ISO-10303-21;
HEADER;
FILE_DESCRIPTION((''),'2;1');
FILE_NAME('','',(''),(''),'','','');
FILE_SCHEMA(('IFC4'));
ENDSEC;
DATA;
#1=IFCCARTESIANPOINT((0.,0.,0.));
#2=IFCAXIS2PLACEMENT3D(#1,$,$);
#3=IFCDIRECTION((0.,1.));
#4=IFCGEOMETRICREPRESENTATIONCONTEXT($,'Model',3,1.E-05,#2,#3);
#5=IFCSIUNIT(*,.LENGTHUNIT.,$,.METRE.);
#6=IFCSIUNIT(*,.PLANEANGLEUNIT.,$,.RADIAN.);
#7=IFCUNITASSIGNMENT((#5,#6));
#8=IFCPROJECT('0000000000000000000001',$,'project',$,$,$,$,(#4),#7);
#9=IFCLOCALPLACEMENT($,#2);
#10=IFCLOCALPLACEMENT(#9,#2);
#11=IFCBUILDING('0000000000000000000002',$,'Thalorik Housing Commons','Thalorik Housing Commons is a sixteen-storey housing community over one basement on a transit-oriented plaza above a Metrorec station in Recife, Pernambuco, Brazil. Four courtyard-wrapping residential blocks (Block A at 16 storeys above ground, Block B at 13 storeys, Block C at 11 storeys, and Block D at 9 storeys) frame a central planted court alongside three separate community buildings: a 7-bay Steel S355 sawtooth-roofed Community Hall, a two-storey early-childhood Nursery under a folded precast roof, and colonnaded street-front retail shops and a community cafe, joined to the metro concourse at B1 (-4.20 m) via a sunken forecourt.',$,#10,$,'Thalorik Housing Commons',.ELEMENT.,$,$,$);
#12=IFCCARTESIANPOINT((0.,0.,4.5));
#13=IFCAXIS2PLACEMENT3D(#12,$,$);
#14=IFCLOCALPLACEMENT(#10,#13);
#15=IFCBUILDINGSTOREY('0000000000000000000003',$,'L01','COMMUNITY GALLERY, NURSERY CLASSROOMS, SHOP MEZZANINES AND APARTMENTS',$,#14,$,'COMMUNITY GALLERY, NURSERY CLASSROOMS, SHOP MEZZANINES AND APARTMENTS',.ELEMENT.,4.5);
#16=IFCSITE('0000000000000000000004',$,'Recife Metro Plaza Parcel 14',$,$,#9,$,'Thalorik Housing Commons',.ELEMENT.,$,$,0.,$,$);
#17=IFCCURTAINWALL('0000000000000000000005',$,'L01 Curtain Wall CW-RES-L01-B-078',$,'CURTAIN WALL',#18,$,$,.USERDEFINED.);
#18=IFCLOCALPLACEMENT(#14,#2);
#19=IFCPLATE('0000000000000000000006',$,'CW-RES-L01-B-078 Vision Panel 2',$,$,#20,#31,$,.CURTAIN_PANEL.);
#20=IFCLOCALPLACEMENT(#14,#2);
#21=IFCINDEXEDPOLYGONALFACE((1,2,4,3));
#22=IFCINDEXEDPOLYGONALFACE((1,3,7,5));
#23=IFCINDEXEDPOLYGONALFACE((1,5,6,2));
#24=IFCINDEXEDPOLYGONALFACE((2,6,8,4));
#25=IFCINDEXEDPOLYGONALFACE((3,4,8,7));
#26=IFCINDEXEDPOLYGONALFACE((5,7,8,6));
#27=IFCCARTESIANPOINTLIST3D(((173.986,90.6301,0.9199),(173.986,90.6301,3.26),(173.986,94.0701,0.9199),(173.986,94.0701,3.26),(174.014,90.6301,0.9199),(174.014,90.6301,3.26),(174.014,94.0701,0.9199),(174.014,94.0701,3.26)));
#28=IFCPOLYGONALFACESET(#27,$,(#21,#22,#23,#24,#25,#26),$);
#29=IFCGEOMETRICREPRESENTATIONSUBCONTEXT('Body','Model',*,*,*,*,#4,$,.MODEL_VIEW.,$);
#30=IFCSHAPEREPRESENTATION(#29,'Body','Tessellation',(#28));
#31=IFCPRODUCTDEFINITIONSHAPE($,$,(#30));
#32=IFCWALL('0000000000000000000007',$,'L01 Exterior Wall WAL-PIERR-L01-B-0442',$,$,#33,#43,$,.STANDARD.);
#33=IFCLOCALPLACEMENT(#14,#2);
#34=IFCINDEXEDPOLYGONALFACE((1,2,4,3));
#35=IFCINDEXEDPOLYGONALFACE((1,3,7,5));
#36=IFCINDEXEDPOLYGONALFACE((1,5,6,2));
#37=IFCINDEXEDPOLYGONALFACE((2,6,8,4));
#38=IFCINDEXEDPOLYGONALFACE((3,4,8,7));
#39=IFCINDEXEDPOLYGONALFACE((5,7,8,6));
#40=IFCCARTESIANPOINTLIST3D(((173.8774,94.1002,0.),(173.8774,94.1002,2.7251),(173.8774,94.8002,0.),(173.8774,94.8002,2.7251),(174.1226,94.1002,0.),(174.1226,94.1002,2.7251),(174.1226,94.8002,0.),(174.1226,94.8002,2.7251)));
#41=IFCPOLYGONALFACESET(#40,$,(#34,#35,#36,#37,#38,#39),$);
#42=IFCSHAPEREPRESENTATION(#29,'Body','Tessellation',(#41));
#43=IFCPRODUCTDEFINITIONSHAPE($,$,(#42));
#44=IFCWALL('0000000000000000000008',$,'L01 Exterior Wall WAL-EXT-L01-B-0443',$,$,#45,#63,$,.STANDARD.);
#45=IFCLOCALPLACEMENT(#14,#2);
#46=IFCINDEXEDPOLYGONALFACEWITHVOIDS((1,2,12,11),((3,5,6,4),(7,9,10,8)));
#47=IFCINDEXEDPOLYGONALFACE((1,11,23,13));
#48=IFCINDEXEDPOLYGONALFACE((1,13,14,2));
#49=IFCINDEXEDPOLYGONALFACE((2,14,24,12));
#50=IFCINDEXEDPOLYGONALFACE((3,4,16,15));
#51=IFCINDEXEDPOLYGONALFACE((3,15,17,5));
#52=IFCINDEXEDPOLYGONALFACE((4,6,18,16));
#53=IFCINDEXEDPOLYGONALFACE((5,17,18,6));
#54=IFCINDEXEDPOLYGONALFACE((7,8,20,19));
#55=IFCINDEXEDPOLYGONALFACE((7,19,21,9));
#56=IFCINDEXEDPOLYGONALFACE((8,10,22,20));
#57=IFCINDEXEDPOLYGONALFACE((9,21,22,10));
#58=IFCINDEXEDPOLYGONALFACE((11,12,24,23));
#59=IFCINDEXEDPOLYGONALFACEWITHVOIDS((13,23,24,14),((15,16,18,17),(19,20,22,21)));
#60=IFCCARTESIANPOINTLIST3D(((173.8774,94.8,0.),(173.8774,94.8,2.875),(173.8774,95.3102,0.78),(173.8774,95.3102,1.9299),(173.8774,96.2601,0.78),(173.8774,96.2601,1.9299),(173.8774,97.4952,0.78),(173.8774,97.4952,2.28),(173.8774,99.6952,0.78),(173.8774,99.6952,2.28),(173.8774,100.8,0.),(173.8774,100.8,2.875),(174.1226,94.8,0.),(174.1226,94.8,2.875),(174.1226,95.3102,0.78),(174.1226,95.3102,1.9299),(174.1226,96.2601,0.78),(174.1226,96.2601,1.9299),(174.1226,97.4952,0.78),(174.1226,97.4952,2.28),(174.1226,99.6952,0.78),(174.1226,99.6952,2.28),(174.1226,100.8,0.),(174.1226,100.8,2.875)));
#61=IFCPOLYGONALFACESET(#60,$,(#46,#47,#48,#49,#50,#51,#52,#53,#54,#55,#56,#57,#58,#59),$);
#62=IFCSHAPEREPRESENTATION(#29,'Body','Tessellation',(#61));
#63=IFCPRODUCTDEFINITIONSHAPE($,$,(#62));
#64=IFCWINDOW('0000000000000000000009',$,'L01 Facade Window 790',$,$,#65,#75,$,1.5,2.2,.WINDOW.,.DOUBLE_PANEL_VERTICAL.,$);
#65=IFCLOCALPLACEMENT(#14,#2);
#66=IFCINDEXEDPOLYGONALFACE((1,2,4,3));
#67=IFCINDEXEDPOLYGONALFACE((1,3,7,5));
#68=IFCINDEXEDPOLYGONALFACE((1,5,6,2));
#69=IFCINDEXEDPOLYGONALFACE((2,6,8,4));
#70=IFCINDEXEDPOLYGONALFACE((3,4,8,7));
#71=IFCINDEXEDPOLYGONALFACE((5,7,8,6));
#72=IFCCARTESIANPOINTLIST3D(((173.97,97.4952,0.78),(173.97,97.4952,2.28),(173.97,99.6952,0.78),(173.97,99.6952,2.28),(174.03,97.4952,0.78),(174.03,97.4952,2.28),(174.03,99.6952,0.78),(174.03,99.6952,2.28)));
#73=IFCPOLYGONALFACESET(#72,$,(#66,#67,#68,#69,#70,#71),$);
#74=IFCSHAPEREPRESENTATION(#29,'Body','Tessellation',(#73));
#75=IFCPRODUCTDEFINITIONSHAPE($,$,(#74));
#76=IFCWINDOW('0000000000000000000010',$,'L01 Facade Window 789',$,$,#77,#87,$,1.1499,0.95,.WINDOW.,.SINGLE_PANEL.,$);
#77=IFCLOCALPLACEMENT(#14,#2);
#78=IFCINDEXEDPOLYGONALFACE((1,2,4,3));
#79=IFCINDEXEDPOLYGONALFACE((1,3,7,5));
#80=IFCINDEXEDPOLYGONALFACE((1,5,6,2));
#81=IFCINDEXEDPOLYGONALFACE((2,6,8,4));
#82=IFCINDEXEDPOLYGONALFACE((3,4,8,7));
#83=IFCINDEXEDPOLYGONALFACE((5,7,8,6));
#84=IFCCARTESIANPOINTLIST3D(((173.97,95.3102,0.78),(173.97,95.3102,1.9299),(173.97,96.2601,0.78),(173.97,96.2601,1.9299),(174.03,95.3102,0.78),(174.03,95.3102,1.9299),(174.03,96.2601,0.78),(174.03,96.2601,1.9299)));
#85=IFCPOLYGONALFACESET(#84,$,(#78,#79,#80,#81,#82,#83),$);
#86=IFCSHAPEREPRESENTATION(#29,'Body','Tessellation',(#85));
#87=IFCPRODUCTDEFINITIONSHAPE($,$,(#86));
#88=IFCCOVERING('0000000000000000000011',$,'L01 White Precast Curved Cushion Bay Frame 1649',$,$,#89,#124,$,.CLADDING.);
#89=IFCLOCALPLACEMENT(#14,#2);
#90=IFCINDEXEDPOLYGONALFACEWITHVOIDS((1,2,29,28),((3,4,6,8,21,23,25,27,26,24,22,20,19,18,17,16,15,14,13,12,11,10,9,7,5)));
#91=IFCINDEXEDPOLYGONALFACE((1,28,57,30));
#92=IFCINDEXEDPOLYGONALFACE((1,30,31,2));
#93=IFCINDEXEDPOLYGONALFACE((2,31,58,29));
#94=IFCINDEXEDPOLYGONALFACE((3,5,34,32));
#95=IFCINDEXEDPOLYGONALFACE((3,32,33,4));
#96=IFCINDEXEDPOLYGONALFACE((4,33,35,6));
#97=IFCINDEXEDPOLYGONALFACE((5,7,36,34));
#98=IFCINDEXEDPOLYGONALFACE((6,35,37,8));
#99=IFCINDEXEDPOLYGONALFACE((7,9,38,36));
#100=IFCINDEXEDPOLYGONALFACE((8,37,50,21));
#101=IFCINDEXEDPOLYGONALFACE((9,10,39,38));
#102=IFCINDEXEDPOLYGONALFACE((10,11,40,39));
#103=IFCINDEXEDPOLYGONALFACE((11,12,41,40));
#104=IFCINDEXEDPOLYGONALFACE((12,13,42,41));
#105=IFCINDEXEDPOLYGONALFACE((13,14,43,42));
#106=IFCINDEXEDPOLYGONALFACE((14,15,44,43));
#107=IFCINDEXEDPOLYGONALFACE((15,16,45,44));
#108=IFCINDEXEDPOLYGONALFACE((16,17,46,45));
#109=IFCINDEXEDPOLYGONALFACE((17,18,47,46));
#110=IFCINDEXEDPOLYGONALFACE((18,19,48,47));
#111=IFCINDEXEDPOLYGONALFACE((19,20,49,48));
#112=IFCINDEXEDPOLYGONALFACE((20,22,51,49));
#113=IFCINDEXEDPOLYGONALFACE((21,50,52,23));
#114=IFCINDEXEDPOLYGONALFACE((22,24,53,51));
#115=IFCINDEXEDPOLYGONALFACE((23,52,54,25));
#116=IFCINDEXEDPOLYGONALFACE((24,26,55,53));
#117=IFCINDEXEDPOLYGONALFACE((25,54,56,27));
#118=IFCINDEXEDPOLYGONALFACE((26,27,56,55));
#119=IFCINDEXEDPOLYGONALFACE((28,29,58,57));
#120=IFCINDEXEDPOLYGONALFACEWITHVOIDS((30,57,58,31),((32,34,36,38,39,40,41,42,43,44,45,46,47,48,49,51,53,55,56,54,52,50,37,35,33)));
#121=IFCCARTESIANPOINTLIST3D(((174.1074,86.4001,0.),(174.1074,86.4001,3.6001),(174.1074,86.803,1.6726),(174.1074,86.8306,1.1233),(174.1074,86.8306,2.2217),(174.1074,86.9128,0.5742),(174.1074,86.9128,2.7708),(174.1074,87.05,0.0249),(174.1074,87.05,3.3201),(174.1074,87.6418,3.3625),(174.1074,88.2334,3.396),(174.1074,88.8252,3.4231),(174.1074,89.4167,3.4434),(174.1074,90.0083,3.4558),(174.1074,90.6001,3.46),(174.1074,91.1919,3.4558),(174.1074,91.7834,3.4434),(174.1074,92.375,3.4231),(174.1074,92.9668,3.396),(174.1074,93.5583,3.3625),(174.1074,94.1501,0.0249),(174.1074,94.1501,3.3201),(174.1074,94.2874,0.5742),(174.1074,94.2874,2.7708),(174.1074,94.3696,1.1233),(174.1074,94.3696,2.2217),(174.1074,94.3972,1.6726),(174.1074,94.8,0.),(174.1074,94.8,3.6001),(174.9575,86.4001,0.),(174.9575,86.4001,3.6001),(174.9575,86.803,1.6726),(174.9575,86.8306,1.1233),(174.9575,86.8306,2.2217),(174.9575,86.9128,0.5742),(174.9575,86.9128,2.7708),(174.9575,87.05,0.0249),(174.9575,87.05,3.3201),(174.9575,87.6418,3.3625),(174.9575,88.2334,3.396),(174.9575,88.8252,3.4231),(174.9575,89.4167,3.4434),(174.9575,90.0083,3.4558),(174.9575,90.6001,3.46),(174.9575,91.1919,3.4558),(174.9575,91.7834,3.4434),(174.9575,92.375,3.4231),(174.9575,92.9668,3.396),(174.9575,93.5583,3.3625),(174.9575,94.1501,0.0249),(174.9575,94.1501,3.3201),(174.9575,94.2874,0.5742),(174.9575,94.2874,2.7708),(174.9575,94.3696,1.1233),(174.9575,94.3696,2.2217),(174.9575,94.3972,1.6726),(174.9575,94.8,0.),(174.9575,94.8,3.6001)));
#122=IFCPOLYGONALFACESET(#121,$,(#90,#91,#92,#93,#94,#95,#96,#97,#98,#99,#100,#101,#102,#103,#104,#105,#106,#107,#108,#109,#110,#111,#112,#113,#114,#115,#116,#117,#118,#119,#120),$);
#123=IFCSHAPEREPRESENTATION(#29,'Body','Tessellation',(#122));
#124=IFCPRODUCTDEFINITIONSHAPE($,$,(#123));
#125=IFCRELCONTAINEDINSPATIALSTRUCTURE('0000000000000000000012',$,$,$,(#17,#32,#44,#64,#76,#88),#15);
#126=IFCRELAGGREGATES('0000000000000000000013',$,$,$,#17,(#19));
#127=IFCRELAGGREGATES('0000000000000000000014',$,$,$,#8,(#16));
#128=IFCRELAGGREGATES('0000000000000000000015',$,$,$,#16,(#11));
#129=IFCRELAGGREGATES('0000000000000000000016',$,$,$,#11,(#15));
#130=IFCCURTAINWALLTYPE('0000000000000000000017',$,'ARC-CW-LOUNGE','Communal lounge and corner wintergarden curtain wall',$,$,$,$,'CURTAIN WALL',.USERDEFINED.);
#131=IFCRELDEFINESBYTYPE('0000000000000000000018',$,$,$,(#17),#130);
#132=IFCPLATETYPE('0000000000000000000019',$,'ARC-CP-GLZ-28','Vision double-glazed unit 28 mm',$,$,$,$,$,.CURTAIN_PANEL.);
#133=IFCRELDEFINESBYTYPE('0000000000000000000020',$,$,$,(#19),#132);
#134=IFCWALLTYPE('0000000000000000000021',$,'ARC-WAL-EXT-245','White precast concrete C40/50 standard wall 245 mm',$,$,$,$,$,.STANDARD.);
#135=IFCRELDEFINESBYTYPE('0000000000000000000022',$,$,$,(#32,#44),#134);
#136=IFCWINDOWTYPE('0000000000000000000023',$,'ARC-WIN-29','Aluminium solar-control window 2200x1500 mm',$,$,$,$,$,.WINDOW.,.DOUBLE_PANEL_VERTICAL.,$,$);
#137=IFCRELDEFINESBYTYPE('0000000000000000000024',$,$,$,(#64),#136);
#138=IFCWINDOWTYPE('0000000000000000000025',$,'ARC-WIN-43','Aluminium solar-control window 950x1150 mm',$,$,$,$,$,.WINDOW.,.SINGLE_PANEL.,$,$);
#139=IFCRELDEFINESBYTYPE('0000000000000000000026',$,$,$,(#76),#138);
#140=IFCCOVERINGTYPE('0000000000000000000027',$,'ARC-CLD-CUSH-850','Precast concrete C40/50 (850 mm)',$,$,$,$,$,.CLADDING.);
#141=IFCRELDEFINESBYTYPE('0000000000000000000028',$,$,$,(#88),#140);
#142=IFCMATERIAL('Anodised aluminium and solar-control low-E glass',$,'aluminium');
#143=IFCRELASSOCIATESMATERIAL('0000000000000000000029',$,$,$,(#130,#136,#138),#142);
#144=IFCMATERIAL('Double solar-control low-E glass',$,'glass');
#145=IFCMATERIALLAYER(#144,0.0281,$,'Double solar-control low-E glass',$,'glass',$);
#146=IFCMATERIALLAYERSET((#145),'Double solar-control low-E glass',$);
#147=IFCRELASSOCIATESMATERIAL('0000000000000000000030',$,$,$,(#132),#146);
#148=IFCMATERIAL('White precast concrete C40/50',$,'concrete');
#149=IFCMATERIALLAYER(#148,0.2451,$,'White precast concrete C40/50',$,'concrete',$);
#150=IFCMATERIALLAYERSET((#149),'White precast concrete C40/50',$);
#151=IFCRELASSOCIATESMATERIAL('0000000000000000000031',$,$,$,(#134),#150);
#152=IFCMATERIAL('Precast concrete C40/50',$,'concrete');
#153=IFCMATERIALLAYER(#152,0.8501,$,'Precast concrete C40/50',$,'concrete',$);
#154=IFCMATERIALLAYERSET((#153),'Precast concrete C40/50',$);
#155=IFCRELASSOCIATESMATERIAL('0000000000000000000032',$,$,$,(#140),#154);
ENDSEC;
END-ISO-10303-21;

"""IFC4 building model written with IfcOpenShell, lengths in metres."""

from ifc_helpers import new_model, si_unit, direction, frame, frame_2d, origin, origin_2d, place, context, subcontext, project, spatial, polyline, rectangle, outline, extrude, material, layer, layer_set, type_object, element, fill, aggregate, save


model = new_model("IFC4")

# Units and contexts
model_context = context("Model", 3, precision=1e-05, world=origin(), true_north=direction((0.0, 1.0)))
body_context = subcontext(model_context, "Body", "Model", "MODEL_VIEW")
ifc_project = project(units=[si_unit("LENGTHUNIT", "METRE"), si_unit("PLANEANGLEUNIT", "RADIAN")], contexts=[model_context])

# Site, building, storey
site_placement = place(None, origin())
site = spatial("IfcSite", under=ifc_project, at=site_placement, Name="Recife Metro Plaza Parcel 14", LongName="Thalorik Housing Commons", CompositionType="ELEMENT", RefElevation=0.0)
building_placement = place(site_placement, origin())
building = spatial("IfcBuilding", under=site, at=building_placement, Name="Thalorik Housing Commons", Description="Thalorik Housing Commons is a sixteen-storey housing community over one basement on a transit-oriented plaza above a Metrorec station in Recife, Pernambuco, Brazil. Four courtyard-wrapping residential blocks (Block A at 16 storeys above ground, Block B at 13 storeys, Block C at 11 storeys, and Block D at 9 storeys) frame a central planted court alongside three separate community buildings: a 7-bay Steel S355 sawtooth-roofed Community Hall, a two-storey early-childhood Nursery under a folded precast roof, and colonnaded street-front retail shops and a community cafe, joined to the metro concourse at B1 (-4.20 m) via a sunken forecourt.", LongName="Thalorik Housing Commons", CompositionType="ELEMENT")
storey_placement = place(building_placement, frame((0.0, 0.0, 4.5)))
storey = spatial("IfcBuildingStorey", under=building, at=storey_placement, Name="L01", Description="COMMUNITY GALLERY, NURSERY CLASSROOMS, SHOP MEZZANINES AND APARTMENTS", LongName="COMMUNITY GALLERY, NURSERY CLASSROOMS, SHOP MEZZANINES AND APARTMENTS", CompositionType="ELEMENT", Elevation=4.5)

# Shared definitions
ifc_material_1 = material(Name="Precast concrete C40/50", Category="concrete")

# Curtain wall
ifc_material_2 = material(Name="Anodised aluminium and solar-control low-E glass", Category="aluminium")
curtain_wall_type = type_object("IfcCurtainWallType", Name="ARC-CW-LOUNGE", Description="Communal lounge and corner wintergarden curtain wall", ElementType="CURTAIN WALL", PredefinedType="USERDEFINED", material=ifc_material_2)
curtain_wall_placement = place(storey_placement, origin())
curtain_wall = element("IfcCurtainWall", 1, at=curtain_wall_placement, inside=storey, type_object=curtain_wall_type, Name="L01 Curtain Wall CW-RES-L01-B-078", ObjectType="CURTAIN WALL", PredefinedType="USERDEFINED")

# Plate
ifc_material_3 = material(Name="Double solar-control low-E glass", Category="glass")
ifc_layer_1 = layer(ifc_material_3, 0.0281, Name="Double solar-control low-E glass", Category="glass")
ifc_layer_set_1 = layer_set([ifc_layer_1], Name="Double solar-control low-E glass")
plate_type_1 = type_object("IfcPlateType", Name="ARC-CP-GLZ-28", Description="Vision double-glazed unit 28 mm", PredefinedType="CURTAIN_PANEL", material=ifc_layer_set_1)
plate_1_placement = place(storey_placement, frame((174.0, 92.3501, 0.9199), z_axis=(0.0, 0.0, 1.0), x_axis=(0.0, 1.0, 0.0)))
plate_1 = element("IfcPlate", 2, at=plate_1_placement, type_object=plate_type_1, Name="CW-RES-L01-B-078 Vision Panel 2", PredefinedType="CURTAIN_PANEL", context=body_context, shape_type="SweptSolid", body=[
    extrude(rectangle(XDim=3.4399, YDim=0.0281, at=origin_2d()), origin(), (0.0, 0.0, 1.0), 2.3401),
])
aggregate(curtain_wall, [plate_1])

# Wall
ifc_material_4 = material(Name="White precast concrete C40/50", Category="concrete")
ifc_layer_2 = layer(ifc_material_4, 0.2451, Name="White precast concrete C40/50", Category="concrete")
ifc_layer_set_2 = layer_set([ifc_layer_2], Name="White precast concrete C40/50")
wall_type = type_object("IfcWallType", Name="ARC-WAL-EXT-245", Description="White precast concrete C40/50 standard wall 245 mm", PredefinedType="STANDARD", material=ifc_layer_set_2)
wall_1_placement = place(storey_placement, frame((174.0, 94.1001, 0.0), z_axis=(0.0, 0.0, 1.0), x_axis=(0.0, 1.0, 0.0)))
element("IfcWall", 3, at=wall_1_placement, inside=storey, type_object=wall_type, Name="L01 Exterior Wall WAL-PIERR-L01-B-0442", PredefinedType="STANDARD", context=body_context, shape_type="SweptSolid", body=[
    extrude(rectangle(XDim=0.7, YDim=0.2451, at=frame_2d((0.3501, 0.0))), origin(), (0.0, 0.0, 1.0), 2.7251),
])

# Wall, openings, windows
wall_2_placement = place(storey_placement, frame((174.0, 94.8, 0.0), z_axis=(0.0, 0.0, 1.0), x_axis=(0.0, 1.0, 0.0)))
wall_2 = element("IfcWall", 4, at=wall_2_placement, inside=storey, type_object=wall_type, Name="L01 Exterior Wall WAL-EXT-L01-B-0443", PredefinedType="STANDARD", context=body_context, shape_type="SweptSolid", body=[
    extrude(rectangle(XDim=6.0, YDim=0.2451, at=frame_2d((3.0, 0.0))), origin(), (0.0, 0.0, 1.0), 2.875),
])
opening_1_placement = place(wall_2_placement, frame((0.51, 0.0, 0.78)))
opening_1 = element("IfcOpeningElement", 5, at=opening_1_placement, cuts=wall_2, PredefinedType="OPENING", context=body_context, shape_type="SweptSolid", body=[
    extrude(rectangle(XDim=0.95, YDim=1.1499, at=frame_2d((0.4751, 0.575))), frame((0.0, 0.1326, 0.0), z_axis=(0.0, -1.0, 0.0), x_axis=(1.0, 0.0, 0.0)), (0.0, 0.0, 1.0), 0.2651),
])
opening_2_placement = place(wall_2_placement, frame((2.6951, 0.0, 0.78)))
opening_2 = element("IfcOpeningElement", 6, at=opening_2_placement, cuts=wall_2, PredefinedType="OPENING", context=body_context, shape_type="SweptSolid", body=[
    extrude(rectangle(XDim=2.2, YDim=1.5, at=frame_2d((1.1001, 0.75))), frame((0.0, 0.1326, 0.0), z_axis=(0.0, -1.0, 0.0), x_axis=(1.0, 0.0, 0.0)), (0.0, 0.0, 1.0), 0.2651),
])
window_type_1 = type_object("IfcWindowType", Name="ARC-WIN-29", Description="Aluminium solar-control window 2200x1500 mm", PartitioningType="DOUBLE_PANEL_VERTICAL", PredefinedType="WINDOW", material=ifc_material_2)
window_1_placement = place(opening_2_placement, origin())
window_1 = element("IfcWindow", 7, at=window_1_placement, inside=storey, type_object=window_type_1, Name="L01 Facade Window 790", OverallHeight=1.5, OverallWidth=2.2, PartitioningType="DOUBLE_PANEL_VERTICAL", PredefinedType="WINDOW", context=body_context, shape_type="SweptSolid", body=[
    extrude(rectangle(XDim=2.2, YDim=1.5, at=frame_2d((1.1001, 0.75))), frame((0.0, 0.03, 0.0), z_axis=(0.0, -1.0, 0.0), x_axis=(1.0, 0.0, 0.0)), (0.0, 0.0, 1.0), 0.0601),
])
fill(opening_2, window_1)
window_type_2 = type_object("IfcWindowType", Name="ARC-WIN-43", Description="Aluminium solar-control window 950x1150 mm", PartitioningType="SINGLE_PANEL", PredefinedType="WINDOW", material=ifc_material_2)
window_2_placement = place(opening_1_placement, origin())
window_2 = element("IfcWindow", 8, at=window_2_placement, inside=storey, type_object=window_type_2, Name="L01 Facade Window 789", OverallHeight=1.1499, OverallWidth=0.95, PartitioningType="SINGLE_PANEL", PredefinedType="WINDOW", context=body_context, shape_type="SweptSolid", body=[
    extrude(rectangle(XDim=0.95, YDim=1.1499, at=frame_2d((0.4751, 0.575))), frame((0.0, 0.03, 0.0), z_axis=(0.0, -1.0, 0.0), x_axis=(1.0, 0.0, 0.0)), (0.0, 0.0, 1.0), 0.0601),
])
fill(opening_1, window_2)

# Covering
ifc_layer_3 = layer(ifc_material_1, 0.8501, Name="Precast concrete C40/50", Category="concrete")
ifc_layer_set_3 = layer_set([ifc_layer_3], Name="Precast concrete C40/50")
covering_type = type_object("IfcCoveringType", Name="ARC-CLD-CUSH-850", Description="Precast concrete C40/50 (850 mm)", PredefinedType="CLADDING", material=ifc_layer_set_3)
covering_placement = place(storey_placement, frame((174.5325, 90.6001, 0.0), z_axis=(0.0, 0.0, 1.0), x_axis=(0.0, 1.0, 0.0)))
element("IfcCovering", 9, at=covering_placement, inside=storey, type_object=covering_type, Name="L01 White Precast Curved Cushion Bay Frame 1649", PredefinedType="CLADDING", context=body_context, shape_type="SweptSolid", body=[
    extrude(outline(polyline([(-4.2, 0.0), (4.2, 0.0), (4.2, 3.6001), (-4.2, 3.6001), (-4.2, 0.0)]), holes=[polyline([(3.55, 0.0249), (3.6873, 0.5742), (3.7695, 1.1233), (3.7971, 1.6726), (3.7695, 2.2217), (3.6873, 2.7708), (3.55, 3.3201), (2.9583, 3.3625), (2.3667, 3.396), (1.7749, 3.4231), (1.1833, 3.4434), (0.5918, 3.4558), (0.0, 3.46), (-0.5918, 3.4558), (-1.1833, 3.4434), (-1.7749, 3.4231), (-2.3667, 3.396), (-2.9583, 3.3625), (-3.55, 3.3201), (-3.6873, 2.7708), (-3.7695, 2.2217), (-3.7971, 1.6726), (-3.7695, 1.1233), (-3.6873, 0.5742), (-3.55, 0.0249), (3.55, 0.0249)])]), frame((0.0, 0.425, 0.0), z_axis=(0.0, -1.0, 0.0), x_axis=(1.0, 0.0, 0.0)), (0.0, 0.0, 1.0), 0.8501),
])

save(model, "model.ifc")
